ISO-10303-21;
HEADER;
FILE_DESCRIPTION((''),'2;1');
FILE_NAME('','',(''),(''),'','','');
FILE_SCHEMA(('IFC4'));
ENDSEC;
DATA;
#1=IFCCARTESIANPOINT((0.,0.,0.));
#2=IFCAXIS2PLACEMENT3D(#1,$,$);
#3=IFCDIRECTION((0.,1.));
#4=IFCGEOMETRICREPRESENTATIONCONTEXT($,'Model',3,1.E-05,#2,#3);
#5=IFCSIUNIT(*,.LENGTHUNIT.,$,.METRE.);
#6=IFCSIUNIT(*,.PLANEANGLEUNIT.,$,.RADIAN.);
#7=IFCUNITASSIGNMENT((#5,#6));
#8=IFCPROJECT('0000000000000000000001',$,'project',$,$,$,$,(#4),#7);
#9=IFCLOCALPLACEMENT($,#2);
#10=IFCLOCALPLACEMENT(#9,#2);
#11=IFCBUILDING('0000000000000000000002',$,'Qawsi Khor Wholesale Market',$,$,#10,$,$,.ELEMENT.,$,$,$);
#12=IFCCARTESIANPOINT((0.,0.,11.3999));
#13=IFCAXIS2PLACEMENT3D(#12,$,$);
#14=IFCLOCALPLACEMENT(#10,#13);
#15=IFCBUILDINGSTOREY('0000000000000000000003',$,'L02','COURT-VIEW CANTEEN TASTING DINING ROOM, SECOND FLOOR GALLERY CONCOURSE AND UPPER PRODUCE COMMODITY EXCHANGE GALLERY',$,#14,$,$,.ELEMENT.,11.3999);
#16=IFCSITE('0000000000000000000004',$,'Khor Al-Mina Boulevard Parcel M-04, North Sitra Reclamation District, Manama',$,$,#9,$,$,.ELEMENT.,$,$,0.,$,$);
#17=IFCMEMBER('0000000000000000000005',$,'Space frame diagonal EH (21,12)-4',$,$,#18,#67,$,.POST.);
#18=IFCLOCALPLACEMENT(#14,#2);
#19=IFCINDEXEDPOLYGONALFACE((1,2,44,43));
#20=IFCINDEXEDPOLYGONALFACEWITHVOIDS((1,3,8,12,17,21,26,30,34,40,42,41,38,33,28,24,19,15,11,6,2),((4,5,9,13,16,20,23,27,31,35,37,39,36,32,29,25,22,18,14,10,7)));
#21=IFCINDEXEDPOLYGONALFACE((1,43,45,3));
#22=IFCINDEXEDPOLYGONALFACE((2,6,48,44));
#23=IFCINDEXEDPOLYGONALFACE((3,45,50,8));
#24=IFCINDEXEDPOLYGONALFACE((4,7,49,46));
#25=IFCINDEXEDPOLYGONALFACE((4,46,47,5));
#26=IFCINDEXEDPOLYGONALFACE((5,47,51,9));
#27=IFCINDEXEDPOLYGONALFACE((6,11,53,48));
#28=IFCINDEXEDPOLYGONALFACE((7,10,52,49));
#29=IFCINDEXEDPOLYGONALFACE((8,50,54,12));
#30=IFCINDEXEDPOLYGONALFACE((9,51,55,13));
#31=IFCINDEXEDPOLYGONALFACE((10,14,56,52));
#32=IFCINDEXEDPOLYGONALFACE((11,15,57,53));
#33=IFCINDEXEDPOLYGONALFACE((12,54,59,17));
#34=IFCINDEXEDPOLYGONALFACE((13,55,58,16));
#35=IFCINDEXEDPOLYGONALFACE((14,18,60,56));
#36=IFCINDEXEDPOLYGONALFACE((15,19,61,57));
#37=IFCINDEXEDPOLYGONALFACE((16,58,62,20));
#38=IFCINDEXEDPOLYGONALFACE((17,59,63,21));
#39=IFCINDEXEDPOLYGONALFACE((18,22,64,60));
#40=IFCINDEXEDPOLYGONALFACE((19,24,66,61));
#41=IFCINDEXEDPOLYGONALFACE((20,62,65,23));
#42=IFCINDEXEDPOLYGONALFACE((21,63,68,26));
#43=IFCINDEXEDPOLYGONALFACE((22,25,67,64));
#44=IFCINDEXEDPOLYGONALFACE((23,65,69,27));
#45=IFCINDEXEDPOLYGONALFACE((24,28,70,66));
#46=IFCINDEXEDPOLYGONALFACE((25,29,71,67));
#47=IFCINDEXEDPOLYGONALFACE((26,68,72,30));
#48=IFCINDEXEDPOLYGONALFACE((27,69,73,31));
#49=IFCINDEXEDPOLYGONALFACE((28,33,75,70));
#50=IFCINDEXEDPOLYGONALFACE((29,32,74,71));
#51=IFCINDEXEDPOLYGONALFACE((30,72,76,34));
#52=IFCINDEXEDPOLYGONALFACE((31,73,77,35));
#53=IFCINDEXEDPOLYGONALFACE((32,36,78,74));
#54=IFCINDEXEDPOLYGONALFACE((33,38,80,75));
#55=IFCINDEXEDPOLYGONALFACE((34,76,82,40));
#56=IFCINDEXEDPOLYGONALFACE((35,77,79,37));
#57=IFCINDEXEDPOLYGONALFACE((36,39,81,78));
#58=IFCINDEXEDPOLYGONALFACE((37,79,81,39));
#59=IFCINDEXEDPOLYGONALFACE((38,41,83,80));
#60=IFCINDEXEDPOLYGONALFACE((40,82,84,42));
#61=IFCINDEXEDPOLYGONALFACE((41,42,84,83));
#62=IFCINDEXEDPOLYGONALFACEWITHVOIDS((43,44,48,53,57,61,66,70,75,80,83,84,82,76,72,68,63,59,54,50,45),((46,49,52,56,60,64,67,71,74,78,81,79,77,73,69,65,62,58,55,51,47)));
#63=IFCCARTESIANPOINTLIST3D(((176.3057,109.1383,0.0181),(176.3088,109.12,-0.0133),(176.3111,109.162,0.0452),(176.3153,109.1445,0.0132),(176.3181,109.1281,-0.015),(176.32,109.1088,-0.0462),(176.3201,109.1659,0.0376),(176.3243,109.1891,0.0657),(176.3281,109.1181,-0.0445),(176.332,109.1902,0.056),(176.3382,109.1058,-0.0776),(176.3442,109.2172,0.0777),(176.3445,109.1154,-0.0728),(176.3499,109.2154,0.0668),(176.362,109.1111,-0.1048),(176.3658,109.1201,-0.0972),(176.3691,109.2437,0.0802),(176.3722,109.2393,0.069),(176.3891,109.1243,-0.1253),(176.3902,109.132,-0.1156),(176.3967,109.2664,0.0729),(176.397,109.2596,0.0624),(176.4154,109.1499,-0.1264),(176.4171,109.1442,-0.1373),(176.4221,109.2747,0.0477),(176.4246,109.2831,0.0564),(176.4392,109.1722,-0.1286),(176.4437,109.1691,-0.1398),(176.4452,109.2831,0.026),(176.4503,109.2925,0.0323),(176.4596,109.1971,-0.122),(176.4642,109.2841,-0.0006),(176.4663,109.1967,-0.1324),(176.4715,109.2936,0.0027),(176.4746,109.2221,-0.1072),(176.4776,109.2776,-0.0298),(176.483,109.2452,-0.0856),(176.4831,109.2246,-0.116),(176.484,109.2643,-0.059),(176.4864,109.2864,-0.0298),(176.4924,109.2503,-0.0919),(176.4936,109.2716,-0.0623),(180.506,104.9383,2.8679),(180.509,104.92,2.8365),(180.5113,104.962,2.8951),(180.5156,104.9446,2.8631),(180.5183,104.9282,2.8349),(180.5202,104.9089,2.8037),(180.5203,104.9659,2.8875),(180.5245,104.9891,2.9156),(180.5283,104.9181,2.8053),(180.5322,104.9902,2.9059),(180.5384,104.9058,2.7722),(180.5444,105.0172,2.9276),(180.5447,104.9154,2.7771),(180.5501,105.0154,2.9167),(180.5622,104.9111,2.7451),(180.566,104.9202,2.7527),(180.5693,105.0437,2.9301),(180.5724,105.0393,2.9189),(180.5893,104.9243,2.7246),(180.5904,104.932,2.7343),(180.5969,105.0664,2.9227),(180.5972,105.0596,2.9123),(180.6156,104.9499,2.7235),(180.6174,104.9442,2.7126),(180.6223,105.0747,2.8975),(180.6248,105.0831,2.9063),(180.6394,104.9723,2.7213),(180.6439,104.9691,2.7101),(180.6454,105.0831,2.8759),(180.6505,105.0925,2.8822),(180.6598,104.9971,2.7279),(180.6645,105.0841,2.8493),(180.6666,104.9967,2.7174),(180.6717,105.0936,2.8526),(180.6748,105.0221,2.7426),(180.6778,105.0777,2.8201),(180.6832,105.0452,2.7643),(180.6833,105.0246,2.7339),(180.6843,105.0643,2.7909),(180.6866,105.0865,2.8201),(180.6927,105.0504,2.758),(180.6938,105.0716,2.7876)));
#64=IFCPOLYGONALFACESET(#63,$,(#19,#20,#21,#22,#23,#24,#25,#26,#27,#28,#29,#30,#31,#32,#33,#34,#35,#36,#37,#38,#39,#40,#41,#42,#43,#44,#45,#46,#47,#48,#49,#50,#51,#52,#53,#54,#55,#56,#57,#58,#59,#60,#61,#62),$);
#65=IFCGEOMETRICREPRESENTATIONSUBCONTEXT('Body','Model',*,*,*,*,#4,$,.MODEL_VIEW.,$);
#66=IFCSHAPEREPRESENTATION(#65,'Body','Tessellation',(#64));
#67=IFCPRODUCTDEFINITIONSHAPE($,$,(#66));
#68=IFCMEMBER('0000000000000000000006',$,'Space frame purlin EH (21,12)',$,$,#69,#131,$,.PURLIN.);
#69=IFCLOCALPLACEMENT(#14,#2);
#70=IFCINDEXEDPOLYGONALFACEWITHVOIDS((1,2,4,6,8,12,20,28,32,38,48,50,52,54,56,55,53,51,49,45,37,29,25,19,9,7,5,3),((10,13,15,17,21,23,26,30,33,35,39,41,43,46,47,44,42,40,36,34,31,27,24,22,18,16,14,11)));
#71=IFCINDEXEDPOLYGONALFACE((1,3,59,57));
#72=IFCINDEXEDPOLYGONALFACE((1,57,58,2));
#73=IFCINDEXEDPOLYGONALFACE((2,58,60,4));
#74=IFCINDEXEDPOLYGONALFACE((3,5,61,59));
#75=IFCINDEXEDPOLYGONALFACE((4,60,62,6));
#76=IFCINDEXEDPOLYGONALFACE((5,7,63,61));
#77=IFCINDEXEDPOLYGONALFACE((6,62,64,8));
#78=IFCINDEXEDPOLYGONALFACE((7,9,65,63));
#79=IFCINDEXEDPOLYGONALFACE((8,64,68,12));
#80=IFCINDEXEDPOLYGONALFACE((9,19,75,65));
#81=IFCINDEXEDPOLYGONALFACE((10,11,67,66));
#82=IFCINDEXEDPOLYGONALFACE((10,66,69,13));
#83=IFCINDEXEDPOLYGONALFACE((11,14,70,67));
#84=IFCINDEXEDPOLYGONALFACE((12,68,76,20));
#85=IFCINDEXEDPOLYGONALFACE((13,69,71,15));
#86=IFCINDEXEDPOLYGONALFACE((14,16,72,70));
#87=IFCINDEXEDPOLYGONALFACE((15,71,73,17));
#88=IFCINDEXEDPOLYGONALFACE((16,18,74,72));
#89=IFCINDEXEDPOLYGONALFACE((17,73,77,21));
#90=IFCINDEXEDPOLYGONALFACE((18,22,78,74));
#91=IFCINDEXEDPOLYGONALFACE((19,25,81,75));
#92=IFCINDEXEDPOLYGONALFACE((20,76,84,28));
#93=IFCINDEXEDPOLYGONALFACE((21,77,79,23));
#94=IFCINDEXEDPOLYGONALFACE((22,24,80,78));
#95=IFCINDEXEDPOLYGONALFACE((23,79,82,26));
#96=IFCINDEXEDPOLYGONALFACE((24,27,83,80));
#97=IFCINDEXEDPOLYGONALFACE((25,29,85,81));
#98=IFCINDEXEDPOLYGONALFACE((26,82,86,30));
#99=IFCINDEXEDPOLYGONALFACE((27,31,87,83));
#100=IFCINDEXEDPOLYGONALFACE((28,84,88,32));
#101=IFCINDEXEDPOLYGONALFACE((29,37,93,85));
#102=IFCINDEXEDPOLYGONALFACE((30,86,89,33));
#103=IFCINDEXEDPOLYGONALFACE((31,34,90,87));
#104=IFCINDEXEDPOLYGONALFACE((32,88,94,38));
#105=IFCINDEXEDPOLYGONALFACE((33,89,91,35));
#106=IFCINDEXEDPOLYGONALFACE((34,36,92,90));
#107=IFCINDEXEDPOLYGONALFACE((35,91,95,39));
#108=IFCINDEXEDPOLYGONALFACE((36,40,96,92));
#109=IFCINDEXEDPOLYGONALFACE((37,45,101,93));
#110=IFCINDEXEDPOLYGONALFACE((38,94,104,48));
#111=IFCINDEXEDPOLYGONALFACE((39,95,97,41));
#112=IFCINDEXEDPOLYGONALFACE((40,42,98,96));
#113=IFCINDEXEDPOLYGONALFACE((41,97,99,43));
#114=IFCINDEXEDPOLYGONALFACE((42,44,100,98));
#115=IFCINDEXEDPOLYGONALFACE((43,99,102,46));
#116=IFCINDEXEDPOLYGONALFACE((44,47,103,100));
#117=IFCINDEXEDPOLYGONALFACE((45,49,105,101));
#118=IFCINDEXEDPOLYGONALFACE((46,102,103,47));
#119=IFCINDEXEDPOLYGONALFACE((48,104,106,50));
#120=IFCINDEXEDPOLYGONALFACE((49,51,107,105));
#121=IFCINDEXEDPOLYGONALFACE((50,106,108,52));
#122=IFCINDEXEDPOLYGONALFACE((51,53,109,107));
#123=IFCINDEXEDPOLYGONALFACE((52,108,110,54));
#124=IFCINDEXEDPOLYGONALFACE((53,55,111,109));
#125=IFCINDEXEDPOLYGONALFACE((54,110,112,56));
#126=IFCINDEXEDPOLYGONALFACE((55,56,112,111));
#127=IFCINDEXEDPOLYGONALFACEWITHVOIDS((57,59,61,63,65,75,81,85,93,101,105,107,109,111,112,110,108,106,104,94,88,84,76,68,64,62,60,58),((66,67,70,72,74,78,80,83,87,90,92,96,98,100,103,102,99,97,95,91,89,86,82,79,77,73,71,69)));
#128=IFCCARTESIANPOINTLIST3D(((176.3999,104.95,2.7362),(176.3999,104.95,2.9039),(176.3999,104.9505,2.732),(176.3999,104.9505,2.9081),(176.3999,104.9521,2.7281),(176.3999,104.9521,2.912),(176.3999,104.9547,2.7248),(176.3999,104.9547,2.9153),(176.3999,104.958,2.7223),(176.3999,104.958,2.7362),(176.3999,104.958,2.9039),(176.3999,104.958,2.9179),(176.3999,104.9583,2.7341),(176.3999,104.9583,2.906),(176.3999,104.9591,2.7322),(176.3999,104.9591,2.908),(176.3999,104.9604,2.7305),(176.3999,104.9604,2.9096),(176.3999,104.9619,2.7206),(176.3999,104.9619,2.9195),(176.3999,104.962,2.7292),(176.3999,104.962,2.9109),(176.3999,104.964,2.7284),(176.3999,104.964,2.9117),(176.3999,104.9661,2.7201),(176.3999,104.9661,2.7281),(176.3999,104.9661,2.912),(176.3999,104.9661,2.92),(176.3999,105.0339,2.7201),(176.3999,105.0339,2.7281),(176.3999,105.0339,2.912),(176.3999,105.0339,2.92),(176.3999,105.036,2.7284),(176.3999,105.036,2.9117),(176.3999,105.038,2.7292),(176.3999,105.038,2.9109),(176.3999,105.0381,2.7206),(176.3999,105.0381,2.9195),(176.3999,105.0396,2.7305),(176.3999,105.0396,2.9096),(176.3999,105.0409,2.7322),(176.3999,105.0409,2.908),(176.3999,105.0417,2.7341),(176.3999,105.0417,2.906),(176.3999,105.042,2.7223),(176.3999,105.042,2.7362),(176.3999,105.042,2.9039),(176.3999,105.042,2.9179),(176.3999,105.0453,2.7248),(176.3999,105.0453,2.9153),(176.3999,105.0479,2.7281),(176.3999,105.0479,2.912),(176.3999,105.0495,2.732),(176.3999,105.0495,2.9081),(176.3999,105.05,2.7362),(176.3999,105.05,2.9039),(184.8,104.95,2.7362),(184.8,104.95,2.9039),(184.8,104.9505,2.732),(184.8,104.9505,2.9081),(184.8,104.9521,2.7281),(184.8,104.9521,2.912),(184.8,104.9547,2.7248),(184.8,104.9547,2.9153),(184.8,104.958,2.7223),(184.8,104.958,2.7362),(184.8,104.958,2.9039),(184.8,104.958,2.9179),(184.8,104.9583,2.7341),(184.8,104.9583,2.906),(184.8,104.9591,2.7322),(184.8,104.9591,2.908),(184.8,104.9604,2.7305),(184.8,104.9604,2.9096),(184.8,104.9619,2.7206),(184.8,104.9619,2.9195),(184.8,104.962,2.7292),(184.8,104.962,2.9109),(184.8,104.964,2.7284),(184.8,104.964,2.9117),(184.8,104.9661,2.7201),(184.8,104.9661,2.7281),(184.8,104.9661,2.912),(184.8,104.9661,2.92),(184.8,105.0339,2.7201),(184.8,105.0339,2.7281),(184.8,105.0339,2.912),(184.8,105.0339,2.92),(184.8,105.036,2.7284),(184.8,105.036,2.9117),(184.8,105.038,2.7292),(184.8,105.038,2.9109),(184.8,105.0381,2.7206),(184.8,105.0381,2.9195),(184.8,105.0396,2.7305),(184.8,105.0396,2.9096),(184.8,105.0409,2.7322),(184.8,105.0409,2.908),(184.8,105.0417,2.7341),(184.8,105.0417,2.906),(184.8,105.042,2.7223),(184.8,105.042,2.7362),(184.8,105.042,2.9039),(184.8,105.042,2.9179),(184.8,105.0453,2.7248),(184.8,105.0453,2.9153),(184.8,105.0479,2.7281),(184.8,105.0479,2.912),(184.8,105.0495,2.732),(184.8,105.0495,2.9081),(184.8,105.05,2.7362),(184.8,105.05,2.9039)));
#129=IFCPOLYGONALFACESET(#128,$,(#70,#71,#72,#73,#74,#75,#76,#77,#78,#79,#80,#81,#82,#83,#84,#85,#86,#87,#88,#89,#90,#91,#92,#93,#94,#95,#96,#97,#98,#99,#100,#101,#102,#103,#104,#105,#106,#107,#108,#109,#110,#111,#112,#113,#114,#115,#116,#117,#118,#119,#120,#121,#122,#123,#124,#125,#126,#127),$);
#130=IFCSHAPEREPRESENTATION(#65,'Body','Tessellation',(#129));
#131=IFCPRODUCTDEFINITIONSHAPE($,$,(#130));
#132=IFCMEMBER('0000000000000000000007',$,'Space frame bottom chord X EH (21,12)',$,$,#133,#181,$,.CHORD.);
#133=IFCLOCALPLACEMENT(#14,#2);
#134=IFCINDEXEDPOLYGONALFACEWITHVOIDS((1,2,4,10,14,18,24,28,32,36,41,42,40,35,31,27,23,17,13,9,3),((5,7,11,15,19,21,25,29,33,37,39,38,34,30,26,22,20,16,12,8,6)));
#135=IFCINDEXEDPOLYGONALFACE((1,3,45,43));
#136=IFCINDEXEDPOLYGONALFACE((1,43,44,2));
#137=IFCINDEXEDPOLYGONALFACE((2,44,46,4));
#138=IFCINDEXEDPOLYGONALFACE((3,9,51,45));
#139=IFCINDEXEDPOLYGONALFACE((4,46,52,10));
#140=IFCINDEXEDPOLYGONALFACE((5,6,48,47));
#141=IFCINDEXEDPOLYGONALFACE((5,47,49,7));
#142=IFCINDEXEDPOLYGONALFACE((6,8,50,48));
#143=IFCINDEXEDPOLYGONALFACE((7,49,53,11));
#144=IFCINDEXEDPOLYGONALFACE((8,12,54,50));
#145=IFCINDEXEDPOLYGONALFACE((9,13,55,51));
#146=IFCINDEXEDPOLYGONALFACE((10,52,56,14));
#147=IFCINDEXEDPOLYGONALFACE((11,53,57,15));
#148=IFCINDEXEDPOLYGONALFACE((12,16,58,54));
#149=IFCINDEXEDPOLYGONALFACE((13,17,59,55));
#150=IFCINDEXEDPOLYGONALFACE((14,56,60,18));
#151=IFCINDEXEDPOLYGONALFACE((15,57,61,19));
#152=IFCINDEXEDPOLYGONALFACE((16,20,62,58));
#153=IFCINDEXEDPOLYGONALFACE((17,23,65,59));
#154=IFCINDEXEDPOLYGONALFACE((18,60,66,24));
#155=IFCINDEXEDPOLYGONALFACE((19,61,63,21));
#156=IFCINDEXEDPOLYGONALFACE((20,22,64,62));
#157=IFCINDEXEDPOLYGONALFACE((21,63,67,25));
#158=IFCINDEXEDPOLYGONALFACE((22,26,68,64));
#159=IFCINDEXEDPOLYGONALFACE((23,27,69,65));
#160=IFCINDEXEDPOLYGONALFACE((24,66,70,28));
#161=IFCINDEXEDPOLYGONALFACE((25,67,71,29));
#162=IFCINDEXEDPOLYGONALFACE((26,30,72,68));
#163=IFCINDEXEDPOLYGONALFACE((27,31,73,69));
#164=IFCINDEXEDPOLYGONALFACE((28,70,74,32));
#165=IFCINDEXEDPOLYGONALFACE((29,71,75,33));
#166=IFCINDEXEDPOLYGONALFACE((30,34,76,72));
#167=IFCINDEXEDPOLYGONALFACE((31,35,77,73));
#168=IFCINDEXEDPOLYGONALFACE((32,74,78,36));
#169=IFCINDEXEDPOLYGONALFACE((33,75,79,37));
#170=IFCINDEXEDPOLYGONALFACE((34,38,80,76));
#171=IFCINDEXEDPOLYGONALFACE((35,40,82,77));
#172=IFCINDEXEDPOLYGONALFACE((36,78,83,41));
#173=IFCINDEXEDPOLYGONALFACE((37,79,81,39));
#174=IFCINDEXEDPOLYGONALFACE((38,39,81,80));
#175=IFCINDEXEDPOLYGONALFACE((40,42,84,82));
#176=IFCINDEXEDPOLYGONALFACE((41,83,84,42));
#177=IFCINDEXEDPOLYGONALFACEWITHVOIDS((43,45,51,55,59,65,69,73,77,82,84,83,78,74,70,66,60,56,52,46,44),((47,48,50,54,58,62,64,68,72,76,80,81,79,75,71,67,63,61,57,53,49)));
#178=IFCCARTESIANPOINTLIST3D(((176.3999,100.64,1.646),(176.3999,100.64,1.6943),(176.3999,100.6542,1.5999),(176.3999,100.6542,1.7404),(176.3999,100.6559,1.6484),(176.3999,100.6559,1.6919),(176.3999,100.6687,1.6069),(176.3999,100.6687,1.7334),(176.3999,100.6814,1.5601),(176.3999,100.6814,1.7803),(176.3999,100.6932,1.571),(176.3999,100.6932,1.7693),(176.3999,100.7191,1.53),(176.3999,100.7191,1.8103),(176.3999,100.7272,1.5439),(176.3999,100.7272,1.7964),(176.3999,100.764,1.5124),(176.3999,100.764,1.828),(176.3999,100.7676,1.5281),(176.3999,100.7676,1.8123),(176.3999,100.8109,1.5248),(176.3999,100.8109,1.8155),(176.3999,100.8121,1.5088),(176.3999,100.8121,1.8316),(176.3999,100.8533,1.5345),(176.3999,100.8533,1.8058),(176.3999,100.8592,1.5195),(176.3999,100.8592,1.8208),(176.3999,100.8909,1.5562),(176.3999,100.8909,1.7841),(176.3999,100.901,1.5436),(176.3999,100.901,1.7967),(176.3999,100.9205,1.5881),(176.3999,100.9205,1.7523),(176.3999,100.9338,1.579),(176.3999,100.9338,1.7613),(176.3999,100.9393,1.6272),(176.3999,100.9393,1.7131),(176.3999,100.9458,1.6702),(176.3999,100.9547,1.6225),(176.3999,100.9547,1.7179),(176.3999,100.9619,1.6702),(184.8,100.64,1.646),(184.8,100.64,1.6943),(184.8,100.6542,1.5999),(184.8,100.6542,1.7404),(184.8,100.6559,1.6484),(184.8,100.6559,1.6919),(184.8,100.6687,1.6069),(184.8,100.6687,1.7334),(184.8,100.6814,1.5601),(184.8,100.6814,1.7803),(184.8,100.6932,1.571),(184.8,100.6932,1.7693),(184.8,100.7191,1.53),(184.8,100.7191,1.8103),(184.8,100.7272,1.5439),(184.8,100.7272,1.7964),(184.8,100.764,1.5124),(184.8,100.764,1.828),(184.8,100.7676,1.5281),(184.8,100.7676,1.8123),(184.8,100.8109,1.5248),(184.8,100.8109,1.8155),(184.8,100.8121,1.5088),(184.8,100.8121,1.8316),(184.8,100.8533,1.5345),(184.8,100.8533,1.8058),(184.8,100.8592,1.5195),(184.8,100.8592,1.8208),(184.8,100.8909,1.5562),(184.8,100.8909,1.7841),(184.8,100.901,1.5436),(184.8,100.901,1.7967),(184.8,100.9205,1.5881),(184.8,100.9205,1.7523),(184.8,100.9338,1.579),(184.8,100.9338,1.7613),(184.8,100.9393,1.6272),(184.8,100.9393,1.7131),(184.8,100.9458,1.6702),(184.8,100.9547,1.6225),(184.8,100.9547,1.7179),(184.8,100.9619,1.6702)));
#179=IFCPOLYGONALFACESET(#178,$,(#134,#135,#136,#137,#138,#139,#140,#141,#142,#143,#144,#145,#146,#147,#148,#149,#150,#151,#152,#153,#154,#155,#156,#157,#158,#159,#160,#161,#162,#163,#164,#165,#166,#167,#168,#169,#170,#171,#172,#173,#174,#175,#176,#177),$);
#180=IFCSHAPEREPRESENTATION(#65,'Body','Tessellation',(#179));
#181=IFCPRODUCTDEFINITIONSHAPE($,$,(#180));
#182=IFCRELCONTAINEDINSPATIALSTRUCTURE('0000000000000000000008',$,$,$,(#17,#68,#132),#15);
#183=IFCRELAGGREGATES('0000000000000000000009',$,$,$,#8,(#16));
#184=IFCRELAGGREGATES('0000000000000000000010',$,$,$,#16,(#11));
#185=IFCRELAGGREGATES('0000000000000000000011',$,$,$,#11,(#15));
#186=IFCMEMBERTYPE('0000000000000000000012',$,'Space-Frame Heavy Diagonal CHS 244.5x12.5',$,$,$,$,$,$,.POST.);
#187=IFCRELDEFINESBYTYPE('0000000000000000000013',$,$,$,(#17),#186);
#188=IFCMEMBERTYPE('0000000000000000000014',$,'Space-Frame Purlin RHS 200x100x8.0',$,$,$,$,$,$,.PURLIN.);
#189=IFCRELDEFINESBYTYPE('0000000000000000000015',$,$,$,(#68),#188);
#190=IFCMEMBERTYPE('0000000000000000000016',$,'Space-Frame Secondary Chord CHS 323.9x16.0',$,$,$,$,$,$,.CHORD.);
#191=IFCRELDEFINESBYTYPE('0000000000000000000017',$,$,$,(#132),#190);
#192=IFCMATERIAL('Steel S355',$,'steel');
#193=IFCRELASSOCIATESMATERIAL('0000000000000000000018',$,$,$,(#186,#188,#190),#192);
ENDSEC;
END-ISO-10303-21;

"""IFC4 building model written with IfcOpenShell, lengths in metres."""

from ifc_helpers import new_model, si_unit, direction, frame, origin, origin_2d, place, context, subcontext, project, spatial, hollow_rectangle, hollow_circle, extrude, material, material_profile, profile_set, type_object, element, save


model = new_model("IFC4")

# Units and contexts
model_context = context("Model", 3, precision=1e-05, world=origin(), true_north=direction((0.0, 1.0)))
body_context = subcontext(model_context, "Body", "Model", "MODEL_VIEW")
ifc_project = project(units=[si_unit("LENGTHUNIT", "METRE"), si_unit("PLANEANGLEUNIT", "RADIAN")], contexts=[model_context])

# Site, building, storey
site_placement = place(None, origin())
site = spatial("IfcSite", under=ifc_project, at=site_placement, Name="Khor Al-Mina Boulevard Parcel M-04, North Sitra Reclamation District, Manama", CompositionType="ELEMENT", RefElevation=0.0)
building_placement = place(site_placement, origin())
building = spatial("IfcBuilding", under=site, at=building_placement, Name="Qawsi Khor Wholesale Market", CompositionType="ELEMENT")
storey_placement = place(building_placement, frame((0.0, 0.0, 11.3999)))
storey = spatial("IfcBuildingStorey", under=building, at=storey_placement, Name="L02", Description="COURT-VIEW CANTEEN TASTING DINING ROOM, SECOND FLOOR GALLERY CONCOURSE AND UPPER PRODUCE COMMODITY EXCHANGE GALLERY", CompositionType="ELEMENT", Elevation=11.3999)

# Members
ifc_material_1 = material(Name="Steel S355", Category="steel")
ifc_material_profile_1 = material_profile(ifc_material_1, hollow_circle(Radius=0.1223, WallThickness=0.0125, at=origin_2d()), Name="CHS 244.5x12.5")
ifc_profile_set_1 = profile_set([ifc_material_profile_1], Name="Steel S355")
member_type_1 = type_object("IfcMemberType", Name="Space-Frame Heavy Diagonal CHS 244.5x12.5", PredefinedType="POST", material=ifc_profile_set_1)
member_1_placement = place(storey_placement, frame((176.3999, 109.2, -0.0298), z_axis=(0.637544, -0.637507, 0.432577), x_axis=(0.707086, 0.707127, 0.0)))
element("IfcMember", 1, at=member_1_placement, inside=storey, type_object=member_type_1, Name="Space frame diagonal EH (21,12)-4", PredefinedType="POST", context=body_context, shape_type="SweptSolid", body=[
    extrude(hollow_circle(Radius=0.1223, WallThickness=0.0125, at=origin_2d()), origin(), (0.0, 0.0, 1.0), 6.5881),
])
ifc_material_profile_2 = material_profile(ifc_material_1, hollow_rectangle(XDim=0.1001, YDim=0.2, WallThickness=0.0081, InnerFilletRadius=0.0081, OuterFilletRadius=0.0161, at=origin_2d()), Name="RHS 200x100x8.0")
ifc_profile_set_2 = profile_set([ifc_material_profile_2], Name="Steel S355")
member_type_2 = type_object("IfcMemberType", Name="Space-Frame Purlin RHS 200x100x8.0", PredefinedType="PURLIN", material=ifc_profile_set_2)
member_2_placement = place(storey_placement, frame((176.3999, 105.0, 2.8201), z_axis=(1.0, 0.0, 0.0), x_axis=(0.0, 1.0, 0.0)))
element("IfcMember", 2, at=member_2_placement, inside=storey, type_object=member_type_2, Name="Space frame purlin EH (21,12)", PredefinedType="PURLIN", context=body_context, shape_type="SweptSolid", body=[
    extrude(hollow_rectangle(XDim=0.1001, YDim=0.2, WallThickness=0.0081, InnerFilletRadius=0.0081, OuterFilletRadius=0.0161, at=origin_2d()), origin(), (0.0, 0.0, 1.0), 8.4001),
])
ifc_material_profile_3 = material_profile(ifc_material_1, hollow_circle(Radius=0.1619, WallThickness=0.0161, at=origin_2d()), Name="CHS 323.9x16.0")
ifc_profile_set_3 = profile_set([ifc_material_profile_3], Name="Steel S355")
member_type_3 = type_object("IfcMemberType", Name="Space-Frame Secondary Chord CHS 323.9x16.0", PredefinedType="CHORD", material=ifc_profile_set_3)
for number, where, z_axis, x_axis, name in (
    (3, (176.3999, 100.8, 1.6702), (1.0, 0.0, 0.0), (0.0, 1.0, 0.0), "Space frame bottom chord X EH (21,12)"),
):
    element("IfcMember", number, at=place(storey_placement, frame(where, z_axis=z_axis, x_axis=x_axis)), inside=storey, type_object=member_type_3, Name=name, PredefinedType="CHORD", context=body_context, shape_type="SweptSolid", body=[
        extrude(hollow_circle(Radius=0.1619, WallThickness=0.0161, at=origin_2d()), origin(), (0.0, 0.0, 1.0), 8.4001),
    ])

save(model, "model.ifc")
